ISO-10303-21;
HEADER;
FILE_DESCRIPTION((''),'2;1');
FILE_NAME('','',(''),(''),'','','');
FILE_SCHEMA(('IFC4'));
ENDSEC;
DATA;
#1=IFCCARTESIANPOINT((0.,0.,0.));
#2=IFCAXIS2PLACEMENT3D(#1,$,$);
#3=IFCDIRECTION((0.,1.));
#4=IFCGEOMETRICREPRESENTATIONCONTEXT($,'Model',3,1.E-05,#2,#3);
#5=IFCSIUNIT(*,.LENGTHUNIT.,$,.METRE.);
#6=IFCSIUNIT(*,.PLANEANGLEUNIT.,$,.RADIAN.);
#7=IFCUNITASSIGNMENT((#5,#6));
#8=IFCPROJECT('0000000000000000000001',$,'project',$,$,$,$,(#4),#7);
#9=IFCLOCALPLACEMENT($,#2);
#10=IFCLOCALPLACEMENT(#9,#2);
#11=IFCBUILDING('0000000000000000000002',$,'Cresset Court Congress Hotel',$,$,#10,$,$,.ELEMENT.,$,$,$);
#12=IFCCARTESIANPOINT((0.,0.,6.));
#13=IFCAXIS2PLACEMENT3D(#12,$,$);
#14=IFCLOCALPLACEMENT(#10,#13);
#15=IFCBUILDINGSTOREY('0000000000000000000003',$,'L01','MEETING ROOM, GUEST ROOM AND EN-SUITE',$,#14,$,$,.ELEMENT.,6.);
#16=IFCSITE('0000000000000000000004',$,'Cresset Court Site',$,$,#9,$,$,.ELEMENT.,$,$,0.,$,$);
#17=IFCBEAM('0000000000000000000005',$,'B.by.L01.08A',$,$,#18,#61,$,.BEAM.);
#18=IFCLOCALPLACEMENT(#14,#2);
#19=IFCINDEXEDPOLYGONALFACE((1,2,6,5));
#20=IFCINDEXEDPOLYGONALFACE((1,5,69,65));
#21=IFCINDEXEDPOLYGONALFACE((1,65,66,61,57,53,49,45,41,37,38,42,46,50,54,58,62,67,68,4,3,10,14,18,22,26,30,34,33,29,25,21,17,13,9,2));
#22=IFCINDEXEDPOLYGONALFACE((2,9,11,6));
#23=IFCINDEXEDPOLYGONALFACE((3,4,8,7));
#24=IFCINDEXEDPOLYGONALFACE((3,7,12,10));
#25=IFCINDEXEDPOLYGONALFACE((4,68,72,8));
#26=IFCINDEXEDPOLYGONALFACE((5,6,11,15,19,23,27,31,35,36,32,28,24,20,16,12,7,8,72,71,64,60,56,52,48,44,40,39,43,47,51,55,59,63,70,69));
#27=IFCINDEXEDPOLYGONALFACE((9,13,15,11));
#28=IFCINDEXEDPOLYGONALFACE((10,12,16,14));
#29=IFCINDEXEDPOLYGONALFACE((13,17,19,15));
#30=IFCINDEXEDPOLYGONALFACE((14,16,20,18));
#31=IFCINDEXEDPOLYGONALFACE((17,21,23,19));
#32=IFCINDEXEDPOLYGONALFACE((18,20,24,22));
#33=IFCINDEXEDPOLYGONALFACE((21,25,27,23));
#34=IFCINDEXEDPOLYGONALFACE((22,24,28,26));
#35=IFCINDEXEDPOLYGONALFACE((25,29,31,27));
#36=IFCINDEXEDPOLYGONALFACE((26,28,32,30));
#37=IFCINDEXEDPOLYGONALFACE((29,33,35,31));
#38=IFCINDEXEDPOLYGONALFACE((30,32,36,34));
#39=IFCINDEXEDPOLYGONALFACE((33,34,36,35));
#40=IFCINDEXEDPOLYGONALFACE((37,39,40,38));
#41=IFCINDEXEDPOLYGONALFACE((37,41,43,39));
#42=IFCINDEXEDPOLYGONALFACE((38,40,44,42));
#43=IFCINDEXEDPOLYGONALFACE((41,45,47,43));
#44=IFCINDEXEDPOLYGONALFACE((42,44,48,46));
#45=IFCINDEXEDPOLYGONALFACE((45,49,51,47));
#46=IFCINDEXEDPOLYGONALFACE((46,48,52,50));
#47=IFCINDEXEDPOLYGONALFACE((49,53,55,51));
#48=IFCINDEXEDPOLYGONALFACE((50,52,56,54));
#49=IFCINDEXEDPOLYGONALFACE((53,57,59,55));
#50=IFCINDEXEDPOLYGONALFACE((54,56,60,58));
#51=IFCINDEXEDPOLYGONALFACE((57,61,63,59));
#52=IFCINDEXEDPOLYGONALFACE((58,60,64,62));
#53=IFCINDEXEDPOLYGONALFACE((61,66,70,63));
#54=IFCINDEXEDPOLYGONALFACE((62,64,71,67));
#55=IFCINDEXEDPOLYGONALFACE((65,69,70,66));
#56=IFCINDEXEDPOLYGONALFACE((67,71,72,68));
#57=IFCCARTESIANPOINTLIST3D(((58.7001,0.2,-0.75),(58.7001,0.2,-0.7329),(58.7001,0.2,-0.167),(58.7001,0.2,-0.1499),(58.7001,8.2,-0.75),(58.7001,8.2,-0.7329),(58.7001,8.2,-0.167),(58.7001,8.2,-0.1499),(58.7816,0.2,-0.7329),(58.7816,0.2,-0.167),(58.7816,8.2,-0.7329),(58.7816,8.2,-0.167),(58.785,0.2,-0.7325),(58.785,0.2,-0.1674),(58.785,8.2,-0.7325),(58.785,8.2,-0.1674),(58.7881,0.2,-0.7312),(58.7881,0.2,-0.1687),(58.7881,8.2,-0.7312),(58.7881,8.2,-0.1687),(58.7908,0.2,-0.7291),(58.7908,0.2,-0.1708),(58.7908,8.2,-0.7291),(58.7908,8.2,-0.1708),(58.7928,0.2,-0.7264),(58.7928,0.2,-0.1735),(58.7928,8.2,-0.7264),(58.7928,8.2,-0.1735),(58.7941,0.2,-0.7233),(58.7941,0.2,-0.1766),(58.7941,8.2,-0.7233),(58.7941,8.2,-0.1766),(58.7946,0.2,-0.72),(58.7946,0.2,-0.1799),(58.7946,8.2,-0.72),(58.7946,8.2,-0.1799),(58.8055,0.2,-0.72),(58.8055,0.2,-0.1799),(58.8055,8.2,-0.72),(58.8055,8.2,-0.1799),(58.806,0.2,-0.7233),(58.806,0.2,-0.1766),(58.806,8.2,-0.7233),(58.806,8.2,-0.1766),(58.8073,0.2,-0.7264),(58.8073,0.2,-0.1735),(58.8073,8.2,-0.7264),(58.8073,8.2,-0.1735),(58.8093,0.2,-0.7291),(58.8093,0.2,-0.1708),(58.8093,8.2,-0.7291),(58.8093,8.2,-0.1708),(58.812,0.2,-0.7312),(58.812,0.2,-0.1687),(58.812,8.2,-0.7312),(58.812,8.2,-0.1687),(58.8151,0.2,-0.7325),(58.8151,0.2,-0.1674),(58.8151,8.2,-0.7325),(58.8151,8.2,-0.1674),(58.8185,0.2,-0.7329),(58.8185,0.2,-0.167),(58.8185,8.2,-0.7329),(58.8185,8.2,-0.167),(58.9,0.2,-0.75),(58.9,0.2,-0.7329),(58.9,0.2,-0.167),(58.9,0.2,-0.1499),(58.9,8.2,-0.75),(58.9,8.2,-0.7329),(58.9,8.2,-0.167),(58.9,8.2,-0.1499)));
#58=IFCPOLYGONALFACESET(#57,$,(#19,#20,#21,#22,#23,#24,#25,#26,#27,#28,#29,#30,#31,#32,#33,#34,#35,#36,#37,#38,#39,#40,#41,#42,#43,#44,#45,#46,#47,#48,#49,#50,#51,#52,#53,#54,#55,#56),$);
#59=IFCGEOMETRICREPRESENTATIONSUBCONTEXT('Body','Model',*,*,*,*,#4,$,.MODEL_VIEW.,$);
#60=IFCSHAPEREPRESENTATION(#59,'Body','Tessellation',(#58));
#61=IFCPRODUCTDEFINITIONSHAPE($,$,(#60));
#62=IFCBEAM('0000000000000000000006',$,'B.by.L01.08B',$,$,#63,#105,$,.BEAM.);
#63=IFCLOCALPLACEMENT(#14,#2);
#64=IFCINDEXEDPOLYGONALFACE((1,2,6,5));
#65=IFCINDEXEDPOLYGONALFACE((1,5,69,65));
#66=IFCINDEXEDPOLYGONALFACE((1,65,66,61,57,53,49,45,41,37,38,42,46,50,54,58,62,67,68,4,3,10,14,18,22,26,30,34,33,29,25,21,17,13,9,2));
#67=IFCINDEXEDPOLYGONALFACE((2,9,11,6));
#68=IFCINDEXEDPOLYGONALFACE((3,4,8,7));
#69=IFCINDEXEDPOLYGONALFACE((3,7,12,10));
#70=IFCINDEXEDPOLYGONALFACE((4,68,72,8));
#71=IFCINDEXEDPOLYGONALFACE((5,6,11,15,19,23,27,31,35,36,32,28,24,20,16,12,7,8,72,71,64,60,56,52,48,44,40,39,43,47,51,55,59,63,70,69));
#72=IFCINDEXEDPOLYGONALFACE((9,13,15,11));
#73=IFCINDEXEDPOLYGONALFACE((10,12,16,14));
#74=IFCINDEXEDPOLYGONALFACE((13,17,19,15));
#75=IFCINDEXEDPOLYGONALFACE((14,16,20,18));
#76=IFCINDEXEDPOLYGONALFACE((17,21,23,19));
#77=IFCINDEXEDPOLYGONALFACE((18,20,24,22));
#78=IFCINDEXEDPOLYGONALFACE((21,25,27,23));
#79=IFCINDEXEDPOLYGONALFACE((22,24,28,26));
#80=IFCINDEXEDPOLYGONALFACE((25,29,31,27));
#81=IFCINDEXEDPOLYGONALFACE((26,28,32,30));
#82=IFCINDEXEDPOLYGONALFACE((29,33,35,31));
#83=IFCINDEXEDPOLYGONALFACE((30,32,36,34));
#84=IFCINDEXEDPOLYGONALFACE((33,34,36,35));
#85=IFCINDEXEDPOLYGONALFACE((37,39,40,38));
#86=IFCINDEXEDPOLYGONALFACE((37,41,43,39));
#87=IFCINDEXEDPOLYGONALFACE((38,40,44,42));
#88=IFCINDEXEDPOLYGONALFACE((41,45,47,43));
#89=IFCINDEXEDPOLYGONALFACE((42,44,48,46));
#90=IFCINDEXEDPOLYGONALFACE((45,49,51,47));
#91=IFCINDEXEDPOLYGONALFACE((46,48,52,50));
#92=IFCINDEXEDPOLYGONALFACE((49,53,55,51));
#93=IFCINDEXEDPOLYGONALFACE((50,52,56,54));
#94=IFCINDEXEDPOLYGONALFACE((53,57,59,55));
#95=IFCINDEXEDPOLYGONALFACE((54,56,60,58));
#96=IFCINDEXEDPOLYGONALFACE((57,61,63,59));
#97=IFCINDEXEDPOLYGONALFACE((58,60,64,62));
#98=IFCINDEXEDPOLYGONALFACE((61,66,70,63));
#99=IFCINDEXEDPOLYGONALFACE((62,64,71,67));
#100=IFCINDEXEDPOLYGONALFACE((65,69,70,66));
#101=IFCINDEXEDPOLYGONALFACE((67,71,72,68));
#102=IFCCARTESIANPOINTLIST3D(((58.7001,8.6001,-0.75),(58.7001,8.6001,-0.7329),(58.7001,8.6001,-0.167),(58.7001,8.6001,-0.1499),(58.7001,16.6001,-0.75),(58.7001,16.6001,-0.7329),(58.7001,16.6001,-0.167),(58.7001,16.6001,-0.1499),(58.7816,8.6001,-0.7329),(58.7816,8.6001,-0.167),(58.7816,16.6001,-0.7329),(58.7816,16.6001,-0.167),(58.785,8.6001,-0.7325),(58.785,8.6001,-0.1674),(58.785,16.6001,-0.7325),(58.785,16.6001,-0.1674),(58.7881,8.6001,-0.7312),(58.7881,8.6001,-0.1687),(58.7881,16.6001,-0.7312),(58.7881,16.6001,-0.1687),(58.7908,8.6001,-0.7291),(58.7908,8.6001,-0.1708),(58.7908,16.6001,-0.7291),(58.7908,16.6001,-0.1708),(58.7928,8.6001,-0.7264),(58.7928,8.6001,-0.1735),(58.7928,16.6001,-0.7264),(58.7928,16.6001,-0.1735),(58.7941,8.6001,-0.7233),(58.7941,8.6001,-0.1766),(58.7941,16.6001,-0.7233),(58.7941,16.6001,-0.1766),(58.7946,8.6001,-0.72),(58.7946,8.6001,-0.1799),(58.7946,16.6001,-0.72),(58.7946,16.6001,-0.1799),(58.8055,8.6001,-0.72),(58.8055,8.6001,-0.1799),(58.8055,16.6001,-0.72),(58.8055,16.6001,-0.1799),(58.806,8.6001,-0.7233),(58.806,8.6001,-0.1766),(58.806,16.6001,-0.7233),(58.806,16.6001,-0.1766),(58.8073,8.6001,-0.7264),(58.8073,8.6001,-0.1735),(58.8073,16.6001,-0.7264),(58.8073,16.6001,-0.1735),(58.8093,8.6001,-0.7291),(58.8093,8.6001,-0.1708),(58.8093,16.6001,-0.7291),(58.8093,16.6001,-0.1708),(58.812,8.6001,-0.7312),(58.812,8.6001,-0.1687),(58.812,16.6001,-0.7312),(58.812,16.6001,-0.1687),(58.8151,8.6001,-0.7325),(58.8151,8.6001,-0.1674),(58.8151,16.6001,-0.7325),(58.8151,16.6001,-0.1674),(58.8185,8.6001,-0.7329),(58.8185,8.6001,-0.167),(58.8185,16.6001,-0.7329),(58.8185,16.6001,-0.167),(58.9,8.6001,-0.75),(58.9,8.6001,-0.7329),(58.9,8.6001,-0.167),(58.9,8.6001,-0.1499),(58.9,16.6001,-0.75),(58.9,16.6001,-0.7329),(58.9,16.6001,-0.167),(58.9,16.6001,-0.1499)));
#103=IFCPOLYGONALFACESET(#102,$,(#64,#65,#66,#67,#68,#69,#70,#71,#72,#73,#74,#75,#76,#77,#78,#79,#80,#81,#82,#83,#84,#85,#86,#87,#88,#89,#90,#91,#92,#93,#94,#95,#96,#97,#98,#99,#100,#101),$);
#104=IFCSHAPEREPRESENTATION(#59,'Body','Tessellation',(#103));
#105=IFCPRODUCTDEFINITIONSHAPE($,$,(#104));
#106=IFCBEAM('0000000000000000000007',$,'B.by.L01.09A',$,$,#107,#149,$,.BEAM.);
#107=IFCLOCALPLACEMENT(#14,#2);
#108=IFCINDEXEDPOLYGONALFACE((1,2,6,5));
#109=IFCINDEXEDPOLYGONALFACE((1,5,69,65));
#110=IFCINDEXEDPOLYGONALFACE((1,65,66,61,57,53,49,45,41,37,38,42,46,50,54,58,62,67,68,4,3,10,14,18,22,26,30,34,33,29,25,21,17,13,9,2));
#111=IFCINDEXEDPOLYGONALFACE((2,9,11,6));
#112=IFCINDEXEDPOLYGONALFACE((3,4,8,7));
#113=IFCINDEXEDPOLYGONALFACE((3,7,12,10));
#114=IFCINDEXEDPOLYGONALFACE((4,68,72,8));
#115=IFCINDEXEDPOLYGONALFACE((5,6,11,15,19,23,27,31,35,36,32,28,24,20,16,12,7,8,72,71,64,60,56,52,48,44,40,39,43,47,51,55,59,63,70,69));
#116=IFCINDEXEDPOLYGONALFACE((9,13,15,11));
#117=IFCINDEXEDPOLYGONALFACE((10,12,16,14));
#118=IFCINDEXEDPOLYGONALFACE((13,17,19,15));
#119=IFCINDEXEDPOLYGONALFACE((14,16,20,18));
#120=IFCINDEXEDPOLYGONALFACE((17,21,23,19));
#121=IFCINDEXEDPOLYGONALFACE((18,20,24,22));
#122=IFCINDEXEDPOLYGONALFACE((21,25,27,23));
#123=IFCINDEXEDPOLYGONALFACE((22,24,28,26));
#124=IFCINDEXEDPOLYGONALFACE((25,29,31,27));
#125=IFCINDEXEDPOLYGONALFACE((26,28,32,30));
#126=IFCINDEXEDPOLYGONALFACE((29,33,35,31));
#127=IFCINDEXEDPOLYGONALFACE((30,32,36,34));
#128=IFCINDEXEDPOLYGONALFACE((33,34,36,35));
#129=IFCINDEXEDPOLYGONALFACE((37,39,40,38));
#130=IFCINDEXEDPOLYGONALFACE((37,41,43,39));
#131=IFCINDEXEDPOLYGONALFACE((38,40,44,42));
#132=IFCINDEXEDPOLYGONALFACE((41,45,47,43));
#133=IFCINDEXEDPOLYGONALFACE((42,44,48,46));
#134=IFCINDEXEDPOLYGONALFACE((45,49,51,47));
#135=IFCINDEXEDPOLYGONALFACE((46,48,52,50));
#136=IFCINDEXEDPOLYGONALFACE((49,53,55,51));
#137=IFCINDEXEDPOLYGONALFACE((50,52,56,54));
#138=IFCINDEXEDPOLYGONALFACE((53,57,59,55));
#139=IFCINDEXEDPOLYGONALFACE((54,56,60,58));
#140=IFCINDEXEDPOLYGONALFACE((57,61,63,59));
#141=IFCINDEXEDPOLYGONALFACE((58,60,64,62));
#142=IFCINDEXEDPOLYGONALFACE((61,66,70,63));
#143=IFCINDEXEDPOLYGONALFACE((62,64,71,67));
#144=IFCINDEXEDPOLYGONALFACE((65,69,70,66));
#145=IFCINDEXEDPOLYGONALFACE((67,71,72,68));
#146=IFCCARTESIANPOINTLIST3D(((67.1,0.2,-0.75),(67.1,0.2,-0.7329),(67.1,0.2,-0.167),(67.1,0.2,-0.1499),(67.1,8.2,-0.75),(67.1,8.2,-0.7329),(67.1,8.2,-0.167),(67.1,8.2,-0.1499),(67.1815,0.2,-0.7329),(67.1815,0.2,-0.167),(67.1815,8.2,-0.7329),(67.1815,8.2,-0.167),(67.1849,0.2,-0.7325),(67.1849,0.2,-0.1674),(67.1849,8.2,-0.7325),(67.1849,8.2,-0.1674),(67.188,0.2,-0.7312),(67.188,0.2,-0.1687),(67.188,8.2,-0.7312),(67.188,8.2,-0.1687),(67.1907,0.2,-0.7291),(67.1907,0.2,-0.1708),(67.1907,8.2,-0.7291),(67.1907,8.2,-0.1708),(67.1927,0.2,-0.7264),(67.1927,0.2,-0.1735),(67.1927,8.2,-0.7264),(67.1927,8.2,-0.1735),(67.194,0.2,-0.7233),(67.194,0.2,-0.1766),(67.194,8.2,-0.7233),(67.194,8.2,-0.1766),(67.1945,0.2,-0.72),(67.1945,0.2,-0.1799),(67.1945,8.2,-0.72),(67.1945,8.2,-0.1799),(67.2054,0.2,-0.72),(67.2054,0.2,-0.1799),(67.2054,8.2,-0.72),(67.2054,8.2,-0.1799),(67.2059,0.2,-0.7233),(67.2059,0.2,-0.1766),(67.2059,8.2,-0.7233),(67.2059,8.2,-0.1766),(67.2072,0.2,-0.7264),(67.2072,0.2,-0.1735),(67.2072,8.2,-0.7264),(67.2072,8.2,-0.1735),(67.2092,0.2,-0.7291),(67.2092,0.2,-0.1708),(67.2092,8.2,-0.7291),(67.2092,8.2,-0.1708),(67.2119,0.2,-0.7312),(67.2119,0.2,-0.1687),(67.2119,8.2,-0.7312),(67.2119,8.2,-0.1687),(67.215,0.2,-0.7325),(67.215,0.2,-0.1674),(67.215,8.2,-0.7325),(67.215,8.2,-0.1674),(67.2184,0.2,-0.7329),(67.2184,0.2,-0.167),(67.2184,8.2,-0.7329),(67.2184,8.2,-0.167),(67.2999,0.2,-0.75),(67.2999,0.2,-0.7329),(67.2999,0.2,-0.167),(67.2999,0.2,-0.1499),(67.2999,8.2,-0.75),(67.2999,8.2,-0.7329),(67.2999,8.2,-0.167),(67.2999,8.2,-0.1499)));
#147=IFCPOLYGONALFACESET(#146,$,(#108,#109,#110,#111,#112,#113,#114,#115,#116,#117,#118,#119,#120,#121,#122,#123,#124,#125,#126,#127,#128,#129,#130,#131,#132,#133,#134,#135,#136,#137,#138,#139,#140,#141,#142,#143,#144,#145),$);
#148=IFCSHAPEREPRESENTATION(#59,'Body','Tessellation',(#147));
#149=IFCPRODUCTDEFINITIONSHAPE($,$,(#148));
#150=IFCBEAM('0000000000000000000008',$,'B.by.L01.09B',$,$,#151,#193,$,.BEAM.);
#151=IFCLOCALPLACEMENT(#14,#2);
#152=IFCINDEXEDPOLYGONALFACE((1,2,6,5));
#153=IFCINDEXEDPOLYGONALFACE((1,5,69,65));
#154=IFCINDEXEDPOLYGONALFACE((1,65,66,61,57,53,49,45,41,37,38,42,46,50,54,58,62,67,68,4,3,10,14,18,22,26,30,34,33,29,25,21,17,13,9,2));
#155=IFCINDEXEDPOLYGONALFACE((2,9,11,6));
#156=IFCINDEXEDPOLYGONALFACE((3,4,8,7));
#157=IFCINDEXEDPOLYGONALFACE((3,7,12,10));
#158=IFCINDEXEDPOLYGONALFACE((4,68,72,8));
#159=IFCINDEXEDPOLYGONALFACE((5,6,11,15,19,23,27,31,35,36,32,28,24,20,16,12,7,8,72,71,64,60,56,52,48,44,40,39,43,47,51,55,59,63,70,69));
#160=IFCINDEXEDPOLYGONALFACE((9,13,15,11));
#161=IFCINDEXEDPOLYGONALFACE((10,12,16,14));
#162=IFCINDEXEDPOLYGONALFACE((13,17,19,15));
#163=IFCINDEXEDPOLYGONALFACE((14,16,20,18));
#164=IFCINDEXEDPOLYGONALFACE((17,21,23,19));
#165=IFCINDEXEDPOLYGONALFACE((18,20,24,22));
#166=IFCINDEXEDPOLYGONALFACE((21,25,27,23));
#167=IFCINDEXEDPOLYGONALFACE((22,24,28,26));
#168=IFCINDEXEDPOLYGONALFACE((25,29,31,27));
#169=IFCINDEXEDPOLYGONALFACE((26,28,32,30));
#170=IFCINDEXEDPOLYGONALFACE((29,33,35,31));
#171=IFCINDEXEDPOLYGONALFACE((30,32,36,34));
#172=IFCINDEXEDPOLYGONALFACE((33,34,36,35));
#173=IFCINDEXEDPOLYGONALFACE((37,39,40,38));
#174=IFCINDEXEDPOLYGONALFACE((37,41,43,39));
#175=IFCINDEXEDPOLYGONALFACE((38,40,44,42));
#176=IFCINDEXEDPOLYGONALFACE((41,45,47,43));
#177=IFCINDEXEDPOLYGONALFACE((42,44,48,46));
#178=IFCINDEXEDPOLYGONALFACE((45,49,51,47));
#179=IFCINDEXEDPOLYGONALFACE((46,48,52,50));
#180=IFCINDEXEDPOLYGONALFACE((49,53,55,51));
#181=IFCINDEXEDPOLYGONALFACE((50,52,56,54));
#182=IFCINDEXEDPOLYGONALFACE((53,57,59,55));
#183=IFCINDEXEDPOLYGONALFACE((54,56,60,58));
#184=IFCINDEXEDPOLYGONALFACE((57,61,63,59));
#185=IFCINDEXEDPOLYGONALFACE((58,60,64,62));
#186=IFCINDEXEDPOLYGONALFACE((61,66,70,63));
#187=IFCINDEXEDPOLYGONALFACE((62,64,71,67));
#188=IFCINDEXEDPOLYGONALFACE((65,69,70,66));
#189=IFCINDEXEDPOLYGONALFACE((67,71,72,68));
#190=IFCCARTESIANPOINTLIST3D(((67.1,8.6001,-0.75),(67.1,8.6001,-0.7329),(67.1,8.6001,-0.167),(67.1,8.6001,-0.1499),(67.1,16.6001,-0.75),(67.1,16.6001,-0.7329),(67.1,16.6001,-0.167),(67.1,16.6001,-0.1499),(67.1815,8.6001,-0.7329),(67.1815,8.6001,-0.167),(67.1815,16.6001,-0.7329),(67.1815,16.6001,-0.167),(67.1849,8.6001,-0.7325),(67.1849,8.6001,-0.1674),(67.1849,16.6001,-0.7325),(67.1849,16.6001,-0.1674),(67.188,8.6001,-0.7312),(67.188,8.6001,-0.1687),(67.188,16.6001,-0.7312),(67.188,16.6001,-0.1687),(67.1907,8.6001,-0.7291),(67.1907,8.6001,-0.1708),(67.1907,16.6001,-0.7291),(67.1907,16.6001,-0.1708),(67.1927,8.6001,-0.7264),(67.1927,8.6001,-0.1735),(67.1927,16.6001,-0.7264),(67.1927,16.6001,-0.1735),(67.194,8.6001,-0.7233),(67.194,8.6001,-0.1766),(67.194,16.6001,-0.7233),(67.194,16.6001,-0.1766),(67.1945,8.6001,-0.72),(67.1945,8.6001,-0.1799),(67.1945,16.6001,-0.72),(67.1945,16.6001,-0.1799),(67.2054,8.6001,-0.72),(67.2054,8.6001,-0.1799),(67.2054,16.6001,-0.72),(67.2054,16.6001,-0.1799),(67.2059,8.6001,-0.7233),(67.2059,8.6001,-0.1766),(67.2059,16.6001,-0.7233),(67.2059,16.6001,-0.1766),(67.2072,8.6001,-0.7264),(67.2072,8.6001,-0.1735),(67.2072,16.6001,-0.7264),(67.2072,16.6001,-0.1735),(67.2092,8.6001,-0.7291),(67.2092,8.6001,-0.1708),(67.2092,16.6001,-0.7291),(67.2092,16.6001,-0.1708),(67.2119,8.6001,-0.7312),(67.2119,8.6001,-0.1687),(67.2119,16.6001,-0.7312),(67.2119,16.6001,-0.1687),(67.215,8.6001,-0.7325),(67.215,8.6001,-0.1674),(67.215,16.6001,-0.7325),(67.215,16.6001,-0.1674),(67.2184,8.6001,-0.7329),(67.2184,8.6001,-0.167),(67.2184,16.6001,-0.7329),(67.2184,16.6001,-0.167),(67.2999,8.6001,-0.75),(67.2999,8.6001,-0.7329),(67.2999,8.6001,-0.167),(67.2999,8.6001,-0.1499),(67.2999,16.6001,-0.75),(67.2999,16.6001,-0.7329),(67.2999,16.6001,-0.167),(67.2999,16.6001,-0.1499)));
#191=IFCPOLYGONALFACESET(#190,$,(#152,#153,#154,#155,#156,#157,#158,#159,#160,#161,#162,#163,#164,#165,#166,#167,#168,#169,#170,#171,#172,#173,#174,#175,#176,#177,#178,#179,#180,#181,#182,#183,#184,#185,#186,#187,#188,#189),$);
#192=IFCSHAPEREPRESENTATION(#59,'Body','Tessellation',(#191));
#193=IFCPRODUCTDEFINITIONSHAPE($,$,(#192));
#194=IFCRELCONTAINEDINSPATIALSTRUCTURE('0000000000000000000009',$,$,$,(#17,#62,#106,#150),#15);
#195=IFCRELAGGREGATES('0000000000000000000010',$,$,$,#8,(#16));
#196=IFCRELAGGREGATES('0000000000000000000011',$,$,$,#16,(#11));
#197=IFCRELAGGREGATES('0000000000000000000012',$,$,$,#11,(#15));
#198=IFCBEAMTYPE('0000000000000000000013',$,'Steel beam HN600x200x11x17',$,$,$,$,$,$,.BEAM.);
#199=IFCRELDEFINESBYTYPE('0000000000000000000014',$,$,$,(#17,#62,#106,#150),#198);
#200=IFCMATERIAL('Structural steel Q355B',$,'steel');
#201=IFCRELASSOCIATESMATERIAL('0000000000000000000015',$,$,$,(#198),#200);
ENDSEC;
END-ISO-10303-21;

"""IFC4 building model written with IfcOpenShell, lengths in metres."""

from ifc_helpers import new_model, si_unit, direction, frame, origin, origin_2d, place, context, subcontext, project, spatial, i_section, extrude, material, material_profile, profile_set, type_object, element, save


model = new_model("IFC4")

# Units and contexts
model_context = context("Model", 3, precision=1e-05, world=origin(), true_north=direction((0.0, 1.0)))
body_context = subcontext(model_context, "Body", "Model", "MODEL_VIEW")
ifc_project = project(units=[si_unit("LENGTHUNIT", "METRE"), si_unit("PLANEANGLEUNIT", "RADIAN")], contexts=[model_context])

# Site, building, storey
site_placement = place(None, origin())
site = spatial("IfcSite", under=ifc_project, at=site_placement, Name="Cresset Court Site", CompositionType="ELEMENT", RefElevation=0.0)
building_placement = place(site_placement, origin())
building = spatial("IfcBuilding", under=site, at=building_placement, Name="Cresset Court Congress Hotel", CompositionType="ELEMENT")
storey_placement = place(building_placement, frame((0.0, 0.0, 6.0)))
storey = spatial("IfcBuildingStorey", under=building, at=storey_placement, Name="L01", Description="MEETING ROOM, GUEST ROOM AND EN-SUITE", CompositionType="ELEMENT", Elevation=6.0)

# Beams
ifc_material_1 = material(Name="Structural steel Q355B", Category="steel")
ifc_material_profile_1 = material_profile(ifc_material_1, i_section(OverallWidth=0.2, OverallDepth=0.6001, WebThickness=0.011, FlangeThickness=0.0171, FilletRadius=0.0129, at=origin_2d()), Name="HN600x200x11x17")
ifc_profile_set_1 = profile_set([ifc_material_profile_1], Name="Structural steel Q355B")
beam_type_1 = type_object("IfcBeamType", Name="Steel beam HN600x200x11x17", PredefinedType="BEAM", material=ifc_profile_set_1)
for number, where, z_axis, x_axis, name in (
    (1, (58.8, 0.2, -0.45), (0.0, 1.0, 0.0), (-1.0, 0.0, 0.0), "B.by.L01.08A"),
    (2, (58.8, 8.6001, -0.45), (0.0, 1.0, 0.0), (-1.0, 0.0, 0.0), "B.by.L01.08B"),
    (3, (67.2, 0.2, -0.45), (0.0, 1.0, 0.0), (-1.0, 0.0, 0.0), "B.by.L01.09A"),
    (4, (67.2, 8.6001, -0.45), (0.0, 1.0, 0.0), (-1.0, 0.0, 0.0), "B.by.L01.09B"),
):
    element("IfcBeam", number, at=place(storey_placement, frame(where, z_axis=z_axis, x_axis=x_axis)), inside=storey, type_object=beam_type_1, Name=name, PredefinedType="BEAM", context=body_context, shape_type="SweptSolid", body=[
        extrude(i_section(OverallWidth=0.2, OverallDepth=0.6001, WebThickness=0.011, FlangeThickness=0.0171, FilletRadius=0.0129, at=origin_2d()), origin(), (0.0, 0.0, 1.0), 8.0),
    ])

save(model, "model.ifc")
